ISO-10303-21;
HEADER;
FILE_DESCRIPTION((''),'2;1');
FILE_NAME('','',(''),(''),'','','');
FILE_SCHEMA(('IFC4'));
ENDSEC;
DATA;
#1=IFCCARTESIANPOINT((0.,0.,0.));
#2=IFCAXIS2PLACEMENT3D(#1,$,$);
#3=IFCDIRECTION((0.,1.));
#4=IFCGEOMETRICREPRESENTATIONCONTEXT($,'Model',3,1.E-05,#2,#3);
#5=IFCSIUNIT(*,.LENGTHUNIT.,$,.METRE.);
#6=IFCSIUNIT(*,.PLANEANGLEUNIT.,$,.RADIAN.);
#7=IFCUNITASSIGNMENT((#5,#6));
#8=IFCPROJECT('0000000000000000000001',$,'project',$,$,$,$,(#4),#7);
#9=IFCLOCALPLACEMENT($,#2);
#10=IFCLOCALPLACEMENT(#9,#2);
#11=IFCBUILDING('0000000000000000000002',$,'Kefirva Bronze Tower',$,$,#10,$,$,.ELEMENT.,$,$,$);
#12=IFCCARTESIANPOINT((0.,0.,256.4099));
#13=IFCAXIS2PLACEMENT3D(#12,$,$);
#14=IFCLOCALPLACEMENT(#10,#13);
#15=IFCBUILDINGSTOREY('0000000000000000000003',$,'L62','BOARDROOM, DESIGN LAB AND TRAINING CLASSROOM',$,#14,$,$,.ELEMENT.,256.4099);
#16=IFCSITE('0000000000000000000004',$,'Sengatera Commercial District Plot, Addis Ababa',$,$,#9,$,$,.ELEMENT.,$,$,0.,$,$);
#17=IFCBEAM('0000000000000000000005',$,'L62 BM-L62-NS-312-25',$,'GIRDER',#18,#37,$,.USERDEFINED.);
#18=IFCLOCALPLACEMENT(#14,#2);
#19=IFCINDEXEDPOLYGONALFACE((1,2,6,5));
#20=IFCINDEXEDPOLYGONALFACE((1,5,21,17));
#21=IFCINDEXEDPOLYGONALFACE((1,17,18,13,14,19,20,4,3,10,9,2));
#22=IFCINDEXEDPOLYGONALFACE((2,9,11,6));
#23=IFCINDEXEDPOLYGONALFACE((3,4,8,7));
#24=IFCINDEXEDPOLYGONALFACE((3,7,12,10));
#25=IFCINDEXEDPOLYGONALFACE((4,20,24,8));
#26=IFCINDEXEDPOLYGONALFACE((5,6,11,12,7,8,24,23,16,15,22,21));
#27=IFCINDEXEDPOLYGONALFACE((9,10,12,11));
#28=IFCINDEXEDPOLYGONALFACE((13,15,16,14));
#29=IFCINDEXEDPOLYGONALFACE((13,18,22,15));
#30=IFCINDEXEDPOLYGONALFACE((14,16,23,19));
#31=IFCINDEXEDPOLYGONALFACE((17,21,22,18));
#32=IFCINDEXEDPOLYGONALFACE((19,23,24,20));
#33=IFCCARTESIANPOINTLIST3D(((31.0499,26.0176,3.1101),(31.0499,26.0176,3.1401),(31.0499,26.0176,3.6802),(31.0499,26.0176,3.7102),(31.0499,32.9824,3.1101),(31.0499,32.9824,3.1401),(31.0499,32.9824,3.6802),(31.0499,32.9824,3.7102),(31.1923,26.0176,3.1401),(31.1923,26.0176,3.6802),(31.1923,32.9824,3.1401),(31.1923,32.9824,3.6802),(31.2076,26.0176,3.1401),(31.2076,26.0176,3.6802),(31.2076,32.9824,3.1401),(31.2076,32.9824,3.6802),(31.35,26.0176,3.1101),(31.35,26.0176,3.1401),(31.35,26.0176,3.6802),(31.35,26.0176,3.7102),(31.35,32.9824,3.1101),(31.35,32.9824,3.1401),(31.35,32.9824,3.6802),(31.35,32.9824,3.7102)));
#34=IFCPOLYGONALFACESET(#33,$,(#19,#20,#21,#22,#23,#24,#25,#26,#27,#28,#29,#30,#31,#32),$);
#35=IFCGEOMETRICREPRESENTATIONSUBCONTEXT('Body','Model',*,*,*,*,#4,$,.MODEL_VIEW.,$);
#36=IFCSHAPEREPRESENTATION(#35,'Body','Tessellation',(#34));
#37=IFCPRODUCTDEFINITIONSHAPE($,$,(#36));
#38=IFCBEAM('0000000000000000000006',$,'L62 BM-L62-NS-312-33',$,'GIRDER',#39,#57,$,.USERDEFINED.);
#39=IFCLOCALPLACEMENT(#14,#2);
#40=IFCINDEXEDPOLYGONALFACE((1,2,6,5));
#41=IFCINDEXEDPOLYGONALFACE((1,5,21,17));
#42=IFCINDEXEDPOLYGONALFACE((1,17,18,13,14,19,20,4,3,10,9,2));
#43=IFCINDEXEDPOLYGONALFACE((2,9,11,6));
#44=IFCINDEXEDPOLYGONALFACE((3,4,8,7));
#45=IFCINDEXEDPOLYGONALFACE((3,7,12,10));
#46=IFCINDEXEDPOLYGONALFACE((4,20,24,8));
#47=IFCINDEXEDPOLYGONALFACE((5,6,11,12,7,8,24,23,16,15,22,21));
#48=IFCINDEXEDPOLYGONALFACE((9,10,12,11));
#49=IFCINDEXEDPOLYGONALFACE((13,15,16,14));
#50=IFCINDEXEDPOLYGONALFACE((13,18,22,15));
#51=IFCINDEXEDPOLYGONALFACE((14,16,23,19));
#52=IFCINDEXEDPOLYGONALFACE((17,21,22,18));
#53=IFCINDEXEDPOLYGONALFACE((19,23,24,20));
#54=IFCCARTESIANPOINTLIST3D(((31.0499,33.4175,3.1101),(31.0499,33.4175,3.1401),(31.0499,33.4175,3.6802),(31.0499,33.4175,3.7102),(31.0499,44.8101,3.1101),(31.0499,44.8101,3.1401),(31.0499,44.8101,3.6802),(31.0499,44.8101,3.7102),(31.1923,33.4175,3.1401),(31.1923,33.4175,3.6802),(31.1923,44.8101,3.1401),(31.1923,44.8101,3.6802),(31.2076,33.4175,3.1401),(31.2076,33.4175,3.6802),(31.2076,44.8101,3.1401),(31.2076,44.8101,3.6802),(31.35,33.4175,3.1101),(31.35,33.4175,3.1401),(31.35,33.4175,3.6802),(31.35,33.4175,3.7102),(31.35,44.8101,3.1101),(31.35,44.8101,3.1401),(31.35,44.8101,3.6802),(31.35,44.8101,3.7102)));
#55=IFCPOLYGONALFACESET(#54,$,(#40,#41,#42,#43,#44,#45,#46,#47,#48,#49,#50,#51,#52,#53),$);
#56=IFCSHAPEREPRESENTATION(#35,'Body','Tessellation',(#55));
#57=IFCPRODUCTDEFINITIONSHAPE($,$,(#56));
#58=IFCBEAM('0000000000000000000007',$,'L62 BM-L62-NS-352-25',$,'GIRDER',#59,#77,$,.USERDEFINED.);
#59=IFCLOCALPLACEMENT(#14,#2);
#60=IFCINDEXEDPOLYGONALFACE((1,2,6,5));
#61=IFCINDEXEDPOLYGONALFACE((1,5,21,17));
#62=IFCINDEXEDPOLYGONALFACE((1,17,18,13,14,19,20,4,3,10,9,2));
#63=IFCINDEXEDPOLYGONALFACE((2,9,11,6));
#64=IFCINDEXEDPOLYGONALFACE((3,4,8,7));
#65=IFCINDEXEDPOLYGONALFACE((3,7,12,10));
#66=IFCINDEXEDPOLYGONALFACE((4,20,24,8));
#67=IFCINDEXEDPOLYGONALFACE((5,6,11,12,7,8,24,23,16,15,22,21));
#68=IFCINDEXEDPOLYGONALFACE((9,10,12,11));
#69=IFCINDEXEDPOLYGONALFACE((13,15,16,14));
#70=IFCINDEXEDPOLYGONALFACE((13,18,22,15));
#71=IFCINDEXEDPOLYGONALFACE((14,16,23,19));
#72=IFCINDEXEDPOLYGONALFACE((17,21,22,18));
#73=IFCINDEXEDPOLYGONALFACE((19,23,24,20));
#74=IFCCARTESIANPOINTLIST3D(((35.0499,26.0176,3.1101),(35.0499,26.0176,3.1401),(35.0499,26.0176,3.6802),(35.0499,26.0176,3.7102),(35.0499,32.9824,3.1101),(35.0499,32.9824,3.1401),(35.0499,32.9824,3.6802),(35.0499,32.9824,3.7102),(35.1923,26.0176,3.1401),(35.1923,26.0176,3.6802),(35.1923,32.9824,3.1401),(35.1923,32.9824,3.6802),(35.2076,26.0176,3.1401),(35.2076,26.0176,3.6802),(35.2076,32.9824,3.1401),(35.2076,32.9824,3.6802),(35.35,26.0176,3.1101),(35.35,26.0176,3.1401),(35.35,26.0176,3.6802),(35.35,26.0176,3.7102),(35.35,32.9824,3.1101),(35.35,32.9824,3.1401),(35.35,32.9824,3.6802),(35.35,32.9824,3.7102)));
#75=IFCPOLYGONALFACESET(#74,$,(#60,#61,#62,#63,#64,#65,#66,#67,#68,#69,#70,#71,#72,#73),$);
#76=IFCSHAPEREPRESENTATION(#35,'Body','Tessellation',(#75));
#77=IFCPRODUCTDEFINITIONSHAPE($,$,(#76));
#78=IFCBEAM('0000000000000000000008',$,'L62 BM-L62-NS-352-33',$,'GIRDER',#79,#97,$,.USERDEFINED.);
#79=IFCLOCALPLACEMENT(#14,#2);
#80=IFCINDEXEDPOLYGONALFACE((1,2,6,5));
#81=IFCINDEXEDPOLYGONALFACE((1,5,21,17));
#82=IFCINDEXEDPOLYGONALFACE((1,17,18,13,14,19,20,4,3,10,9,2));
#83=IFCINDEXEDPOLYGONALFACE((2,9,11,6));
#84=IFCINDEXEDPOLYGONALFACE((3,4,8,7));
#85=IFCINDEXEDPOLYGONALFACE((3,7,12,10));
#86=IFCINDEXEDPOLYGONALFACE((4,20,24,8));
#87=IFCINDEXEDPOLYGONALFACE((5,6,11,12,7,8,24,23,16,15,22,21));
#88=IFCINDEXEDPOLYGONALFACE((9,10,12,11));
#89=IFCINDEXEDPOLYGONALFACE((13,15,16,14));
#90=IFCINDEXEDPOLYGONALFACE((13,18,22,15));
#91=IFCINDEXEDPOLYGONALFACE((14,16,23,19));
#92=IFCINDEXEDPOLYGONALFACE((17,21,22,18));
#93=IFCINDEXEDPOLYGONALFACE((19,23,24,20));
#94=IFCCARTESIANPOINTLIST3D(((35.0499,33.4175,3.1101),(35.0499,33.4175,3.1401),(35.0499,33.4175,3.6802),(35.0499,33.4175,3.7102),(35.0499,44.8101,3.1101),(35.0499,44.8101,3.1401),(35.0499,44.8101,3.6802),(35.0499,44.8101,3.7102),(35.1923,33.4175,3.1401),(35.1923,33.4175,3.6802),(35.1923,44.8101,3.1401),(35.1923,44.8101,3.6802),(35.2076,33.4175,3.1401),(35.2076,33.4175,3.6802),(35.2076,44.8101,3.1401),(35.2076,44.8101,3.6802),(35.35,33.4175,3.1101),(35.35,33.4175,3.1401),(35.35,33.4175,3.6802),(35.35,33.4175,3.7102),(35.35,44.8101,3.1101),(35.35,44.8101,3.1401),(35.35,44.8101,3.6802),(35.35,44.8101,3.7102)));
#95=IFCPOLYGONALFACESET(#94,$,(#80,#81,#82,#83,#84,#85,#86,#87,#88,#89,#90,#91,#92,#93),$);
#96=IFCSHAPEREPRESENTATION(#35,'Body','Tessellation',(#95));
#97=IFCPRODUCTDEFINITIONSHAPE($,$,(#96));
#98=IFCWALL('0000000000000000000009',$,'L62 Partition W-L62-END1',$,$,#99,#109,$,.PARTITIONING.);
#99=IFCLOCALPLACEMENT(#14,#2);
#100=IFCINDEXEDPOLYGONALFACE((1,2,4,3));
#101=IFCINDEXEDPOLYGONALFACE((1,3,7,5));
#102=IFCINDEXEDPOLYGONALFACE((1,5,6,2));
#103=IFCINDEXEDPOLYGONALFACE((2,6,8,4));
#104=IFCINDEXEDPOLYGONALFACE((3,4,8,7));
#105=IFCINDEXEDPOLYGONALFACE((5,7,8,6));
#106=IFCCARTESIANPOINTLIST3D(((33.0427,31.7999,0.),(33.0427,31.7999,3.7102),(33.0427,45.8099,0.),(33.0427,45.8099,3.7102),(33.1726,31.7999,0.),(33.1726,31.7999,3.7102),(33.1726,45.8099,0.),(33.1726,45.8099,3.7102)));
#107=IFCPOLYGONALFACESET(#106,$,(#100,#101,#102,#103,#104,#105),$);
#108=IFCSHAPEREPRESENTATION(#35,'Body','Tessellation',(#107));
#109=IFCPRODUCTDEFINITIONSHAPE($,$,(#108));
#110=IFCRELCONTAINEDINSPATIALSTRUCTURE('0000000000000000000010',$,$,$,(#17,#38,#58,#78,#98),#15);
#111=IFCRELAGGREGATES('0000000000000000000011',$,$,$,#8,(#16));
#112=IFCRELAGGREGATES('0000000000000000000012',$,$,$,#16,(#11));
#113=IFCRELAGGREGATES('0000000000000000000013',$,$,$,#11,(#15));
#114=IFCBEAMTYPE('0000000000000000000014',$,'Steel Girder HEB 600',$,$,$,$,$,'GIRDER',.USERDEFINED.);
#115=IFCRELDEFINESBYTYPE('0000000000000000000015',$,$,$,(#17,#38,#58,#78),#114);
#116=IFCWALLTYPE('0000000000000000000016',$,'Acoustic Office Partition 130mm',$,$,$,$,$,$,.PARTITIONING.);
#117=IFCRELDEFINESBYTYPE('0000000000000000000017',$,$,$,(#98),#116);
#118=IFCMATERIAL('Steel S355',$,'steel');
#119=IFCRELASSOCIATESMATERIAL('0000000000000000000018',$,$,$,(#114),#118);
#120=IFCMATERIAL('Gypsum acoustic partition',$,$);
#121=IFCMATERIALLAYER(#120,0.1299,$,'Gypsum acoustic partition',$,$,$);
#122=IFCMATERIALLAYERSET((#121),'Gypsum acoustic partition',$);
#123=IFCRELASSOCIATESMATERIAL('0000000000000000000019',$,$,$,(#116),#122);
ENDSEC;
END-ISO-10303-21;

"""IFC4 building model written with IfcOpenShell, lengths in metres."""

from ifc_helpers import new_model, si_unit, direction, frame, frame_2d, origin, origin_2d, place, context, subcontext, project, spatial, rectangle, i_section, extrude, material, layer, layer_set, material_profile, profile_set, type_object, element, save


model = new_model("IFC4")

# Units and contexts
model_context = context("Model", 3, precision=1e-05, world=origin(), true_north=direction((0.0, 1.0)))
body_context = subcontext(model_context, "Body", "Model", "MODEL_VIEW")
ifc_project = project(units=[si_unit("LENGTHUNIT", "METRE"), si_unit("PLANEANGLEUNIT", "RADIAN")], contexts=[model_context])

# Site, building, storey
site_placement = place(None, origin())
site = spatial("IfcSite", under=ifc_project, at=site_placement, Name="Sengatera Commercial District Plot, Addis Ababa", CompositionType="ELEMENT", RefElevation=0.0)
building_placement = place(site_placement, origin())
building = spatial("IfcBuilding", under=site, at=building_placement, Name="Kefirva Bronze Tower", CompositionType="ELEMENT")
storey_placement = place(building_placement, frame((0.0, 0.0, 256.4099)))
storey = spatial("IfcBuildingStorey", under=building, at=storey_placement, Name="L62", Description="BOARDROOM, DESIGN LAB AND TRAINING CLASSROOM", CompositionType="ELEMENT", Elevation=256.4099)

# Beams
ifc_material_1 = material(Name="Steel S355", Category="steel")
ifc_material_profile_1 = material_profile(ifc_material_1, i_section(OverallWidth=0.3, OverallDepth=0.6001, WebThickness=0.0154, FlangeThickness=0.03, at=origin_2d()), Name="HEB 600")
ifc_profile_set_1 = profile_set([ifc_material_profile_1], Name="Steel S355")
beam_type_1 = type_object("IfcBeamType", Name="Steel Girder HEB 600", ElementType="GIRDER", PredefinedType="USERDEFINED", material=ifc_profile_set_1)
beam_1_placement = place(storey_placement, frame((31.2, 26.0176, 3.4102), z_axis=(0.0, 1.0, 0.0), x_axis=(-1.0, 0.0, 0.0)))
element("IfcBeam", 1, at=beam_1_placement, inside=storey, type_object=beam_type_1, Name="L62 BM-L62-NS-312-25", ObjectType="GIRDER", PredefinedType="USERDEFINED", context=body_context, shape_type="SweptSolid", body=[
    extrude(i_section(OverallWidth=0.3, OverallDepth=0.6001, WebThickness=0.0154, FlangeThickness=0.03, at=origin_2d()), origin(), (0.0, 0.0, 1.0), 6.9648),
])
beam_2_placement = place(storey_placement, frame((31.2, 33.4175, 3.4102), z_axis=(0.0, 1.0, 0.0), x_axis=(-1.0, 0.0, 0.0)))
element("IfcBeam", 2, at=beam_2_placement, inside=storey, type_object=beam_type_1, Name="L62 BM-L62-NS-312-33", ObjectType="GIRDER", PredefinedType="USERDEFINED", context=body_context, shape_type="SweptSolid", body=[
    extrude(i_section(OverallWidth=0.3, OverallDepth=0.6001, WebThickness=0.0154, FlangeThickness=0.03, at=origin_2d()), origin(), (0.0, 0.0, 1.0), 11.3926),
])
beam_3_placement = place(storey_placement, frame((35.2, 26.0176, 3.4102), z_axis=(0.0, 1.0, 0.0), x_axis=(-1.0, 0.0, 0.0)))
element("IfcBeam", 3, at=beam_3_placement, inside=storey, type_object=beam_type_1, Name="L62 BM-L62-NS-352-25", ObjectType="GIRDER", PredefinedType="USERDEFINED", context=body_context, shape_type="SweptSolid", body=[
    extrude(i_section(OverallWidth=0.3, OverallDepth=0.6001, WebThickness=0.0154, FlangeThickness=0.03, at=origin_2d()), origin(), (0.0, 0.0, 1.0), 6.9648),
])
beam_4_placement = place(storey_placement, frame((35.2, 33.4175, 3.4102), z_axis=(0.0, 1.0, 0.0), x_axis=(-1.0, 0.0, 0.0)))
element("IfcBeam", 4, at=beam_4_placement, inside=storey, type_object=beam_type_1, Name="L62 BM-L62-NS-352-33", ObjectType="GIRDER", PredefinedType="USERDEFINED", context=body_context, shape_type="SweptSolid", body=[
    extrude(i_section(OverallWidth=0.3, OverallDepth=0.6001, WebThickness=0.0154, FlangeThickness=0.03, at=origin_2d()), origin(), (0.0, 0.0, 1.0), 11.3926),
])

# Wall
ifc_material_2 = material(Name="Gypsum acoustic partition")
ifc_layer_1 = layer(ifc_material_2, 0.1299, Name="Gypsum acoustic partition")
ifc_layer_set_1 = layer_set([ifc_layer_1], Name="Gypsum acoustic partition")
wall_type_1 = type_object("IfcWallType", Name="Acoustic Office Partition 130mm", PredefinedType="PARTITIONING", material=ifc_layer_set_1)
wall_1_placement = place(storey_placement, frame((33.1077, 31.8, 0.0), z_axis=(0.0, 0.0, 1.0), x_axis=(0.0, 1.0, 0.0)))
element("IfcWall", 5, at=wall_1_placement, inside=storey, type_object=wall_type_1, Name="L62 Partition W-L62-END1", PredefinedType="PARTITIONING", context=body_context, shape_type="SweptSolid", body=[
    extrude(rectangle(XDim=14.01, YDim=0.1299, at=frame_2d((7.0049, 0.0))), origin(), (0.0, 0.0, 1.0), 3.7102),
])

save(model, "model.ifc")
